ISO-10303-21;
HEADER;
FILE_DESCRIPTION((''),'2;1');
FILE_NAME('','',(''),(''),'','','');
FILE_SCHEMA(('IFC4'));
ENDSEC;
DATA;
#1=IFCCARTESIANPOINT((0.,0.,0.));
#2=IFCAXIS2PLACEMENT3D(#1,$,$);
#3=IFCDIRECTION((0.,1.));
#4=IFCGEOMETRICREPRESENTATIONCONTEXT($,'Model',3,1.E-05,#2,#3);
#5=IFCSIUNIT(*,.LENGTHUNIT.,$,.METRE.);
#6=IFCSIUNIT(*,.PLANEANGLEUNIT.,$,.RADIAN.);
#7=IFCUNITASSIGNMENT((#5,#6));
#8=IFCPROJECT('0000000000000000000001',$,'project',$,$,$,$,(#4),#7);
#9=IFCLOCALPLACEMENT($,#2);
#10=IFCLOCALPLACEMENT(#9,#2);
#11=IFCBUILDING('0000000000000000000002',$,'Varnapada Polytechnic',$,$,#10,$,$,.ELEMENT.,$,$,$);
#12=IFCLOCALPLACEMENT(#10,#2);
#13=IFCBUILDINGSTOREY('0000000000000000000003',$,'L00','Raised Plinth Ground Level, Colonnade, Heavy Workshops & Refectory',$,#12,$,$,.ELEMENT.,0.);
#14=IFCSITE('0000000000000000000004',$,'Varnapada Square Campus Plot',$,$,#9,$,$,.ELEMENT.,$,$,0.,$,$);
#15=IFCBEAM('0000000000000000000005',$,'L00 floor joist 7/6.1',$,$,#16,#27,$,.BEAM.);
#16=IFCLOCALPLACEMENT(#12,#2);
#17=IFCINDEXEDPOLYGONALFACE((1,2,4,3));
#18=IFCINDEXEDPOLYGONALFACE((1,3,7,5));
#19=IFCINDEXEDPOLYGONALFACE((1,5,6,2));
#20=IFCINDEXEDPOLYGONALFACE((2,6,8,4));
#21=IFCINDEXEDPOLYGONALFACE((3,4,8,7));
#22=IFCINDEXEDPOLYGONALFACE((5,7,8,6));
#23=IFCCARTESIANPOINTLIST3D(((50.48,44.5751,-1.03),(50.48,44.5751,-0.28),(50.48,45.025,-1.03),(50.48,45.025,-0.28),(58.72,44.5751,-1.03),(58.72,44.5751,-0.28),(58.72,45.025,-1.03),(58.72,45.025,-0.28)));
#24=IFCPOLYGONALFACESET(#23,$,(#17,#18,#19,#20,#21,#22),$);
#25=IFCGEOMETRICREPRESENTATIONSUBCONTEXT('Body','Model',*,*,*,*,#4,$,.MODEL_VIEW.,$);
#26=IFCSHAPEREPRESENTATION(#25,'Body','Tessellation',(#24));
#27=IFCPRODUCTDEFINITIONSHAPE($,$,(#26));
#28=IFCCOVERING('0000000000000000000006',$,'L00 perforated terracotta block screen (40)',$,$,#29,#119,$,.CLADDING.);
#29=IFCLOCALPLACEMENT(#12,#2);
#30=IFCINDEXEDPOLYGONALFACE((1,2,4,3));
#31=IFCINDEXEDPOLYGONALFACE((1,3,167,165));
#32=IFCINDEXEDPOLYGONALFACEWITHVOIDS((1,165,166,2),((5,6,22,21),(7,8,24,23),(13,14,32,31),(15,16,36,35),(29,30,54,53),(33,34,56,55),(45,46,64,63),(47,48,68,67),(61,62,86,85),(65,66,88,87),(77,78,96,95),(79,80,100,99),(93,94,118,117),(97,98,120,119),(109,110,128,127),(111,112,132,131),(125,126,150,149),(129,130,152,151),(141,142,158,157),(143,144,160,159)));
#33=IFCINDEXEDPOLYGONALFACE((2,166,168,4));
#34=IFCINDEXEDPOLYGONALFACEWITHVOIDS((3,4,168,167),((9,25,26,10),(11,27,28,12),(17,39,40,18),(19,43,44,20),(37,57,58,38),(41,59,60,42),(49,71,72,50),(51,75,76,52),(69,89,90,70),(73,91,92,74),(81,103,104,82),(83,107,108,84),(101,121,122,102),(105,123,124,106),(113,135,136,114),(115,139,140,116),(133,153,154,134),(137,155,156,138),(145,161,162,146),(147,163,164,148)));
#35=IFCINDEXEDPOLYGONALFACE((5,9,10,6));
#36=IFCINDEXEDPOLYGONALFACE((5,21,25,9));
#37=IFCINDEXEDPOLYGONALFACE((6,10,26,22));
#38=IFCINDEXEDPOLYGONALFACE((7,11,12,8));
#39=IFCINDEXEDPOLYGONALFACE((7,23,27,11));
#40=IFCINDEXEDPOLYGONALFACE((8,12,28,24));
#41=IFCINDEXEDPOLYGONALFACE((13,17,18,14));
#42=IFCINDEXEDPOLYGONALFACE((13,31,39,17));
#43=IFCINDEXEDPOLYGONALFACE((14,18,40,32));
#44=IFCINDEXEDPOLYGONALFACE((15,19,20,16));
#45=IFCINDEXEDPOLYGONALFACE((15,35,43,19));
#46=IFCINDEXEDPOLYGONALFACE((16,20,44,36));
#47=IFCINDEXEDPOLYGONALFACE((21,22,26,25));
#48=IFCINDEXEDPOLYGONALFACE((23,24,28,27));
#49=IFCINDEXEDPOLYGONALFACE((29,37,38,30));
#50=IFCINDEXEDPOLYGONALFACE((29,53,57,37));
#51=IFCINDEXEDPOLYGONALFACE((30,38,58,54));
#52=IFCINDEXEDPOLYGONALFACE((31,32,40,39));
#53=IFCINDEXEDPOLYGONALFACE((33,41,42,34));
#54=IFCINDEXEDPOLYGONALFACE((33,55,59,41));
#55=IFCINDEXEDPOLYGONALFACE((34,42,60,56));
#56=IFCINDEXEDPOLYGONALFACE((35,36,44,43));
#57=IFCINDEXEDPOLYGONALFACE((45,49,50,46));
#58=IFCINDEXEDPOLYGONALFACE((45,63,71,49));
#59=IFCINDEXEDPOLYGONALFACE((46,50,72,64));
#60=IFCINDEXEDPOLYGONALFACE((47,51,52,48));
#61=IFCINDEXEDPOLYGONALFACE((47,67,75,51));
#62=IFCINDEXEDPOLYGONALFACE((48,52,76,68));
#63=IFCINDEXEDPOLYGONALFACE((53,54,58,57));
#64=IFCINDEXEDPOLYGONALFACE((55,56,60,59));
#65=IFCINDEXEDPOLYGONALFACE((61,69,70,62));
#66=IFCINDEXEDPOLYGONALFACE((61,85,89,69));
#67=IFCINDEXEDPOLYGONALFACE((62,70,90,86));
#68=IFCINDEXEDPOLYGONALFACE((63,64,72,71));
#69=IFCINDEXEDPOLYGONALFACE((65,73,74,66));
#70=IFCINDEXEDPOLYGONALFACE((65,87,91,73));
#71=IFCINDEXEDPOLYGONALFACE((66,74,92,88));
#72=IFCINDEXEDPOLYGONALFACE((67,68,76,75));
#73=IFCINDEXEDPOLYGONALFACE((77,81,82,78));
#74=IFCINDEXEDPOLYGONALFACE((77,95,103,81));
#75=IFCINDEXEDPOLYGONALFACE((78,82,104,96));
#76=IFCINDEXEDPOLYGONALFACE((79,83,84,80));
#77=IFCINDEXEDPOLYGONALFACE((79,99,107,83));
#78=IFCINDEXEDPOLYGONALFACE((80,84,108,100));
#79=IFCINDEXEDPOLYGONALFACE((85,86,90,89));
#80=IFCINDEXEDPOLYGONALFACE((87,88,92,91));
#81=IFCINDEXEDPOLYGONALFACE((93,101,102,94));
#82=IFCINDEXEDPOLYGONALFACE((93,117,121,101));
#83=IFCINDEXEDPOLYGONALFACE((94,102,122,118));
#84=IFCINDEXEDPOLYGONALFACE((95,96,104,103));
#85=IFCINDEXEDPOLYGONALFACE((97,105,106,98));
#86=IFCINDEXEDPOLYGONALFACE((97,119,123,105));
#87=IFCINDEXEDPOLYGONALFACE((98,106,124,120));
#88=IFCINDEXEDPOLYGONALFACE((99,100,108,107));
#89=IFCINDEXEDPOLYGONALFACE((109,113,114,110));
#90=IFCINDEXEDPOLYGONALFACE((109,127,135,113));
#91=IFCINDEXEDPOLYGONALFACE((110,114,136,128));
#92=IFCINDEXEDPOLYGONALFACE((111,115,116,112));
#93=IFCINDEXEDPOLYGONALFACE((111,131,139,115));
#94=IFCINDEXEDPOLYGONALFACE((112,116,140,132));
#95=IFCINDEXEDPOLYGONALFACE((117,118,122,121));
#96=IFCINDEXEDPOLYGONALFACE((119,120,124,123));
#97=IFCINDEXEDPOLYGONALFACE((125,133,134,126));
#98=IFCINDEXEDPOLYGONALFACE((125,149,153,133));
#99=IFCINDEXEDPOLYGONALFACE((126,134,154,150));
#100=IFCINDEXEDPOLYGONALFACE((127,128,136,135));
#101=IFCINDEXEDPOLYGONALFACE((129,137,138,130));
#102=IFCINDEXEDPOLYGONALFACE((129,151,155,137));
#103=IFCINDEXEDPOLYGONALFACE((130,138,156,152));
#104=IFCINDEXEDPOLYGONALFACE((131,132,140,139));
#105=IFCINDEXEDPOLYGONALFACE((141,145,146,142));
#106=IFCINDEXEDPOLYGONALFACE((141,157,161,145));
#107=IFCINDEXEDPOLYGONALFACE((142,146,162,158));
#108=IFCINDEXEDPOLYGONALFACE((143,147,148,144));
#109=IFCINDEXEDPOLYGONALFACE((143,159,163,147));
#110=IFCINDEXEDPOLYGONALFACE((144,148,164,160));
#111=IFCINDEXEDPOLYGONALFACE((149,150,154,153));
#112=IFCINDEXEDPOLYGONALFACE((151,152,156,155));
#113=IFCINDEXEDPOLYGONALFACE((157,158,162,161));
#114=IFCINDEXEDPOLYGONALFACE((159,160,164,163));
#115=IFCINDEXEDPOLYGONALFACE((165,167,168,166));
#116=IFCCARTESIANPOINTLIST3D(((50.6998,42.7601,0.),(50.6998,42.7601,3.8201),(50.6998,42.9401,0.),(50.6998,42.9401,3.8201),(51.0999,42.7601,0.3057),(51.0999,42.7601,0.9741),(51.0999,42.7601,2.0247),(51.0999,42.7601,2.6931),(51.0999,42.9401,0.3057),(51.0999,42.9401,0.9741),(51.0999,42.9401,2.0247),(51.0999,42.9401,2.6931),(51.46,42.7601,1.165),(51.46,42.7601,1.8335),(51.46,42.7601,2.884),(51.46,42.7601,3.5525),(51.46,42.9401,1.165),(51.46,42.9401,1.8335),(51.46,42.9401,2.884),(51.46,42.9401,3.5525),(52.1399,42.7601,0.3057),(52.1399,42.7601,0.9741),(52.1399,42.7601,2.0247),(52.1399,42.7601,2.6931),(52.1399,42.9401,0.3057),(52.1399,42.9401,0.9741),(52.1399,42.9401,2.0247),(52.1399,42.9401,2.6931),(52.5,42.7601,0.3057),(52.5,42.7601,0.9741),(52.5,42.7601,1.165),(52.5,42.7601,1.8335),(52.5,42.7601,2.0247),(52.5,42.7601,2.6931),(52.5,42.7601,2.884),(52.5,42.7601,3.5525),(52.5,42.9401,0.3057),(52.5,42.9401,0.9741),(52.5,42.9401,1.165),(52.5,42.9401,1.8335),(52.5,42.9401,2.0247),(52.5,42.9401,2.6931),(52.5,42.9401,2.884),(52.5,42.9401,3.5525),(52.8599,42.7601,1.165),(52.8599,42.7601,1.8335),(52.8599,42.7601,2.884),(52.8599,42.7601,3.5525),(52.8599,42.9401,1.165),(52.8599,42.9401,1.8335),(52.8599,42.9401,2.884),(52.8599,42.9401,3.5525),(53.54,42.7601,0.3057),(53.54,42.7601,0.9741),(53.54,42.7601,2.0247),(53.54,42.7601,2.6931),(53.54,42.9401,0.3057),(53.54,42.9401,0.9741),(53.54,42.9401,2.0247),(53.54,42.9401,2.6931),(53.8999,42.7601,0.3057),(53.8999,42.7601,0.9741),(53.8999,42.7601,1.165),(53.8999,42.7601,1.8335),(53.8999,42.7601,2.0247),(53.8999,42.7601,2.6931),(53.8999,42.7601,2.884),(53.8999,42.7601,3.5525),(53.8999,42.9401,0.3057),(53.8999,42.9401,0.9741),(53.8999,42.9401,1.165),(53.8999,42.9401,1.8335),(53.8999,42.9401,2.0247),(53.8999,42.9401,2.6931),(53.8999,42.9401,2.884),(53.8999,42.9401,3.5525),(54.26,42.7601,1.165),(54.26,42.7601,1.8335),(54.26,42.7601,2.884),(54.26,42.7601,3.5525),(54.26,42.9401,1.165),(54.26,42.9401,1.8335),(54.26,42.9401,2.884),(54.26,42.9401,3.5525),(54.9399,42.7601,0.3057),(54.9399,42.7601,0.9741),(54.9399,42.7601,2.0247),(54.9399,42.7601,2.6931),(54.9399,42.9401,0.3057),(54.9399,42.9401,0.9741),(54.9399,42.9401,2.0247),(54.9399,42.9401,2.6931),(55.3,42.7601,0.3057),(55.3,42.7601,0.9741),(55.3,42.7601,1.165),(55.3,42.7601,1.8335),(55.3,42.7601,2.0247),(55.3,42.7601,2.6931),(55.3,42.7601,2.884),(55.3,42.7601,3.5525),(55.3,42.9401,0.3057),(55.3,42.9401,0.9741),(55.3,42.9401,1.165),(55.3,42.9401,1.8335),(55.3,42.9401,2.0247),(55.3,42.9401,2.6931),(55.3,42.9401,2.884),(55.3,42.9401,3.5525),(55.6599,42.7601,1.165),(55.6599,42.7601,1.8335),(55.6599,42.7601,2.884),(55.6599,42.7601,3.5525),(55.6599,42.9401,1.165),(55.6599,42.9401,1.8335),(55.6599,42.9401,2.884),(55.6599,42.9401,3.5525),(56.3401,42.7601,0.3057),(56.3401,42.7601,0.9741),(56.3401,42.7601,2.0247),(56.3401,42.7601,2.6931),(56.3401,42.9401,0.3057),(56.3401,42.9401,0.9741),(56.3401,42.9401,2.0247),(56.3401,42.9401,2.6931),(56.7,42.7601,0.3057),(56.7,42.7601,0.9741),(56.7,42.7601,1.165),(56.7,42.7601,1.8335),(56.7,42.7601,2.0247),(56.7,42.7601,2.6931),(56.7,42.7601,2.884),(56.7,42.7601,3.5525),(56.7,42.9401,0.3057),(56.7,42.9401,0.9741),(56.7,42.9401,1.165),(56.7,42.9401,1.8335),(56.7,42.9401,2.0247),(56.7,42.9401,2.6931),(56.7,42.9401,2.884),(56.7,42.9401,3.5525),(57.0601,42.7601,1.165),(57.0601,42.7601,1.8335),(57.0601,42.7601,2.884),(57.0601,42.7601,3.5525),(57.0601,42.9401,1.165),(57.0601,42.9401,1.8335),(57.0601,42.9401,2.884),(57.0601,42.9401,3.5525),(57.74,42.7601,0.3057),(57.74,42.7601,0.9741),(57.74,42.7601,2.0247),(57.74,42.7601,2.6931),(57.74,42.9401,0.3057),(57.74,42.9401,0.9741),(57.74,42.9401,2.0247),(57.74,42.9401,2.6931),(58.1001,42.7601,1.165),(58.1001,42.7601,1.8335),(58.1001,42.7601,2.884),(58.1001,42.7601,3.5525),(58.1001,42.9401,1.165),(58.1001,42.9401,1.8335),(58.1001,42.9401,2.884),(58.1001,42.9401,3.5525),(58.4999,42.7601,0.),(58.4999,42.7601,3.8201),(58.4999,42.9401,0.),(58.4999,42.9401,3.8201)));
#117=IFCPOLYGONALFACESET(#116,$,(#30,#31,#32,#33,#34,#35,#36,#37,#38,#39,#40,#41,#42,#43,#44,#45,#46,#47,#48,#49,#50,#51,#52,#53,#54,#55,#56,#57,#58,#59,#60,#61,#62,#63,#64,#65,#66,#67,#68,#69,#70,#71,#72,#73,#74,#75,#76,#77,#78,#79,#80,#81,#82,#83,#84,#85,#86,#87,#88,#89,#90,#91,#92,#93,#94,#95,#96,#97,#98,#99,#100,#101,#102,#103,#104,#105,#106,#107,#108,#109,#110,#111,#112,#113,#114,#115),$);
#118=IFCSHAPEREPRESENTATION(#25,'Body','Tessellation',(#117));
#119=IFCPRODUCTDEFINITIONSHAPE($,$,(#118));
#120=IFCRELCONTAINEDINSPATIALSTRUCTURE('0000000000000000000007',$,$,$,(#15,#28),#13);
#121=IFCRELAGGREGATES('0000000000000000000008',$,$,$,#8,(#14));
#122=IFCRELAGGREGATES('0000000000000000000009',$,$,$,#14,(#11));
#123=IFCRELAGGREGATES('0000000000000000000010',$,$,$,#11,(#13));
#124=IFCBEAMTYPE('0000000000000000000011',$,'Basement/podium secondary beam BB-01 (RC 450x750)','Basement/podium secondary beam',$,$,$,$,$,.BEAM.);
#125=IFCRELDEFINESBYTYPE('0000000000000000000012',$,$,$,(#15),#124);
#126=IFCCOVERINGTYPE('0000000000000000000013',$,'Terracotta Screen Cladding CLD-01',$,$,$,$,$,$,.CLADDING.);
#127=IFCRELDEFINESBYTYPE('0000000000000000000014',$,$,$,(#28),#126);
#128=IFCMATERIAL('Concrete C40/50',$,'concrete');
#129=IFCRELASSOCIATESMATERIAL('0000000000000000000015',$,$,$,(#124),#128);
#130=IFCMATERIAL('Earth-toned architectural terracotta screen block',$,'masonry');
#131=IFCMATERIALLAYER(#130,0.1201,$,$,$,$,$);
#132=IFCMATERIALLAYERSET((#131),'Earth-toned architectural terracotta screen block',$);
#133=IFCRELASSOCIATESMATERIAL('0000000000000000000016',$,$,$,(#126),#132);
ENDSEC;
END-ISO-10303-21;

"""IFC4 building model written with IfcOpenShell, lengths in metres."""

from ifc_helpers import new_model, si_unit, direction, frame, frame_2d, origin, origin_2d, place, context, subcontext, project, spatial, rectangle, extrude, material, layer, layer_set, material_profile, profile_set, type_object, element, save


model = new_model("IFC4")

# Units and contexts
model_context = context("Model", 3, precision=1e-05, world=origin(), true_north=direction((0.0, 1.0)))
body_context = subcontext(model_context, "Body", "Model", "MODEL_VIEW")
ifc_project = project(units=[si_unit("LENGTHUNIT", "METRE"), si_unit("PLANEANGLEUNIT", "RADIAN")], contexts=[model_context])

# Site, building, storey
site_placement = place(None, origin())
site = spatial("IfcSite", under=ifc_project, at=site_placement, Name="Varnapada Square Campus Plot", CompositionType="ELEMENT", RefElevation=0.0)
building_placement = place(site_placement, origin())
building = spatial("IfcBuilding", under=site, at=building_placement, Name="Varnapada Polytechnic", CompositionType="ELEMENT")
storey_placement = place(building_placement, origin())
storey = spatial("IfcBuildingStorey", under=building, at=storey_placement, Name="L00", Description="Raised Plinth Ground Level, Colonnade, Heavy Workshops & Refectory", CompositionType="ELEMENT", Elevation=0.0)

# Beam
ifc_material_1 = material(Name="Concrete C40/50", Category="concrete")
ifc_material_profile = material_profile(ifc_material_1, rectangle(XDim=0.45, YDim=0.75, at=origin_2d()), Name="RC 450x750")
ifc_profile_set = profile_set([ifc_material_profile], Name="Concrete C40/50")
beam_type = type_object("IfcBeamType", Name="Basement/podium secondary beam BB-01 (RC 450x750)", Description="Basement/podium secondary beam", PredefinedType="BEAM", material=ifc_profile_set)
beam_placement = place(storey_placement, frame((50.48, 44.8, -0.655), z_axis=(1.0, 0.0, 0.0), x_axis=(0.0, 1.0, 0.0)))
element("IfcBeam", 1, at=beam_placement, inside=storey, type_object=beam_type, Name="L00 floor joist 7/6.1", PredefinedType="BEAM", context=body_context, shape_type="SweptSolid", body=[
    extrude(rectangle(XDim=0.45, YDim=0.75, at=origin_2d()), origin(), (0.0, 0.0, 1.0), 8.24),
])

# Covering, openings
ifc_material_2 = material(Name="Earth-toned architectural terracotta screen block", Category="masonry")
ifc_layer_1 = layer(ifc_material_2, 0.1201)
ifc_layer_set_1 = layer_set([ifc_layer_1], Name="Earth-toned architectural terracotta screen block")
covering_type = type_object("IfcCoveringType", Name="Terracotta Screen Cladding CLD-01", PredefinedType="CLADDING", material=ifc_layer_set_1)
covering_placement = place(storey_placement, frame((50.7, 42.8501, 0.0), z_axis=(0.0, 0.0, 1.0), x_axis=(1.0, 0.0, 0.0)))
covering = element("IfcCovering", 2, at=covering_placement, inside=storey, type_object=covering_type, Name="L00 perforated terracotta block screen (40)", PredefinedType="CLADDING", context=body_context, shape_type="SweptSolid", body=[
    extrude(rectangle(XDim=7.8, YDim=0.1799, at=frame_2d((3.8999, 0.0))), origin(), (0.0, 0.0, 1.0), 3.8201),
])
opening_1_placement = place(covering_placement, frame((0.3999, 0.0, 0.3057)))
element("IfcOpeningElement", 3, at=opening_1_placement, cuts=covering, PredefinedType="OPENING", context=body_context, shape_type="SweptSolid", body=[
    extrude(rectangle(XDim=1.04, YDim=0.6685, at=frame_2d((0.52, 0.3342))), frame((0.0, 0.0999, 0.0), z_axis=(0.0, -1.0, 0.0), x_axis=(1.0, 0.0, 0.0)), (0.0, 0.0, 1.0), 0.2),
])
opening_2_placement = place(covering_placement, frame((1.8, 0.0, 0.3057)))
element("IfcOpeningElement", 4, at=opening_2_placement, cuts=covering, PredefinedType="OPENING", context=body_context, shape_type="SweptSolid", body=[
    extrude(rectangle(XDim=1.04, YDim=0.6685, at=frame_2d((0.52, 0.3342))), frame((0.0, 0.0999, 0.0), z_axis=(0.0, -1.0, 0.0), x_axis=(1.0, 0.0, 0.0)), (0.0, 0.0, 1.0), 0.2),
])
opening_3_placement = place(covering_placement, frame((3.2, 0.0, 0.3057)))
element("IfcOpeningElement", 5, at=opening_3_placement, cuts=covering, PredefinedType="OPENING", context=body_context, shape_type="SweptSolid", body=[
    extrude(rectangle(XDim=1.04, YDim=0.6685, at=frame_2d((0.52, 0.3342))), frame((0.0, 0.0999, 0.0), z_axis=(0.0, -1.0, 0.0), x_axis=(1.0, 0.0, 0.0)), (0.0, 0.0, 1.0), 0.2),
])
opening_4_placement = place(covering_placement, frame((4.6001, 0.0, 0.3057)))
element("IfcOpeningElement", 6, at=opening_4_placement, cuts=covering, PredefinedType="OPENING", context=body_context, shape_type="SweptSolid", body=[
    extrude(rectangle(XDim=1.04, YDim=0.6685, at=frame_2d((0.52, 0.3342))), frame((0.0, 0.0999, 0.0), z_axis=(0.0, -1.0, 0.0), x_axis=(1.0, 0.0, 0.0)), (0.0, 0.0, 1.0), 0.2),
])
opening_5_placement = place(covering_placement, frame((6.0, 0.0, 0.3057)))
element("IfcOpeningElement", 7, at=opening_5_placement, cuts=covering, PredefinedType="OPENING", context=body_context, shape_type="SweptSolid", body=[
    extrude(rectangle(XDim=1.04, YDim=0.6685, at=frame_2d((0.52, 0.3342))), frame((0.0, 0.0999, 0.0), z_axis=(0.0, -1.0, 0.0), x_axis=(1.0, 0.0, 0.0)), (0.0, 0.0, 1.0), 0.2),
])
opening_6_placement = place(covering_placement, frame((0.76, 0.0, 1.165)))
element("IfcOpeningElement", 8, at=opening_6_placement, cuts=covering, PredefinedType="OPENING", context=body_context, shape_type="SweptSolid", body=[
    extrude(rectangle(XDim=1.04, YDim=0.6685, at=frame_2d((0.52, 0.3342))), frame((0.0, 0.0999, 0.0), z_axis=(0.0, -1.0, 0.0), x_axis=(1.0, 0.0, 0.0)), (0.0, 0.0, 1.0), 0.2),
])
opening_7_placement = place(covering_placement, frame((2.1599, 0.0, 1.165)))
element("IfcOpeningElement", 9, at=opening_7_placement, cuts=covering, PredefinedType="OPENING", context=body_context, shape_type="SweptSolid", body=[
    extrude(rectangle(XDim=1.04, YDim=0.6685, at=frame_2d((0.52, 0.3342))), frame((0.0, 0.0999, 0.0), z_axis=(0.0, -1.0, 0.0), x_axis=(1.0, 0.0, 0.0)), (0.0, 0.0, 1.0), 0.2),
])
opening_8_placement = place(covering_placement, frame((3.5601, 0.0, 1.165)))
element("IfcOpeningElement", 10, at=opening_8_placement, cuts=covering, PredefinedType="OPENING", context=body_context, shape_type="SweptSolid", body=[
    extrude(rectangle(XDim=1.04, YDim=0.6685, at=frame_2d((0.52, 0.3342))), frame((0.0, 0.0999, 0.0), z_axis=(0.0, -1.0, 0.0), x_axis=(1.0, 0.0, 0.0)), (0.0, 0.0, 1.0), 0.2),
])
opening_9_placement = place(covering_placement, frame((4.96, 0.0, 1.165)))
element("IfcOpeningElement", 11, at=opening_9_placement, cuts=covering, PredefinedType="OPENING", context=body_context, shape_type="SweptSolid", body=[
    extrude(rectangle(XDim=1.04, YDim=0.6685, at=frame_2d((0.52, 0.3342))), frame((0.0, 0.0999, 0.0), z_axis=(0.0, -1.0, 0.0), x_axis=(1.0, 0.0, 0.0)), (0.0, 0.0, 1.0), 0.2),
])
opening_10_placement = place(covering_placement, frame((6.3601, 0.0, 1.165)))
element("IfcOpeningElement", 12, at=opening_10_placement, cuts=covering, PredefinedType="OPENING", context=body_context, shape_type="SweptSolid", body=[
    extrude(rectangle(XDim=1.04, YDim=0.6685, at=frame_2d((0.52, 0.3342))), frame((0.0, 0.0999, 0.0), z_axis=(0.0, -1.0, 0.0), x_axis=(1.0, 0.0, 0.0)), (0.0, 0.0, 1.0), 0.2),
])
opening_11_placement = place(covering_placement, frame((0.3999, 0.0, 2.0247)))
element("IfcOpeningElement", 13, at=opening_11_placement, cuts=covering, PredefinedType="OPENING", context=body_context, shape_type="SweptSolid", body=[
    extrude(rectangle(XDim=1.04, YDim=0.6685, at=frame_2d((0.52, 0.3342))), frame((0.0, 0.0999, 0.0), z_axis=(0.0, -1.0, 0.0), x_axis=(1.0, 0.0, 0.0)), (0.0, 0.0, 1.0), 0.2),
])
opening_12_placement = place(covering_placement, frame((1.8, 0.0, 2.0247)))
element("IfcOpeningElement", 14, at=opening_12_placement, cuts=covering, PredefinedType="OPENING", context=body_context, shape_type="SweptSolid", body=[
    extrude(rectangle(XDim=1.04, YDim=0.6685, at=frame_2d((0.52, 0.3342))), frame((0.0, 0.0999, 0.0), z_axis=(0.0, -1.0, 0.0), x_axis=(1.0, 0.0, 0.0)), (0.0, 0.0, 1.0), 0.2),
])
opening_13_placement = place(covering_placement, frame((3.2, 0.0, 2.0247)))
element("IfcOpeningElement", 15, at=opening_13_placement, cuts=covering, PredefinedType="OPENING", context=body_context, shape_type="SweptSolid", body=[
    extrude(rectangle(XDim=1.04, YDim=0.6685, at=frame_2d((0.52, 0.3342))), frame((0.0, 0.0999, 0.0), z_axis=(0.0, -1.0, 0.0), x_axis=(1.0, 0.0, 0.0)), (0.0, 0.0, 1.0), 0.2),
])
opening_14_placement = place(covering_placement, frame((4.6001, 0.0, 2.0247)))
element("IfcOpeningElement", 16, at=opening_14_placement, cuts=covering, PredefinedType="OPENING", context=body_context, shape_type="SweptSolid", body=[
    extrude(rectangle(XDim=1.04, YDim=0.6685, at=frame_2d((0.52, 0.3342))), frame((0.0, 0.0999, 0.0), z_axis=(0.0, -1.0, 0.0), x_axis=(1.0, 0.0, 0.0)), (0.0, 0.0, 1.0), 0.2),
])
opening_15_placement = place(covering_placement, frame((6.0, 0.0, 2.0247)))
element("IfcOpeningElement", 17, at=opening_15_placement, cuts=covering, PredefinedType="OPENING", context=body_context, shape_type="SweptSolid", body=[
    extrude(rectangle(XDim=1.04, YDim=0.6685, at=frame_2d((0.52, 0.3342))), frame((0.0, 0.0999, 0.0), z_axis=(0.0, -1.0, 0.0), x_axis=(1.0, 0.0, 0.0)), (0.0, 0.0, 1.0), 0.2),
])
opening_16_placement = place(covering_placement, frame((0.76, 0.0, 2.884)))
element("IfcOpeningElement", 18, at=opening_16_placement, cuts=covering, PredefinedType="OPENING", context=body_context, shape_type="SweptSolid", body=[
    extrude(rectangle(XDim=1.04, YDim=0.6685, at=frame_2d((0.52, 0.3342))), frame((0.0, 0.0999, 0.0), z_axis=(0.0, -1.0, 0.0), x_axis=(1.0, 0.0, 0.0)), (0.0, 0.0, 1.0), 0.2),
])
opening_17_placement = place(covering_placement, frame((2.1599, 0.0, 2.884)))
element("IfcOpeningElement", 19, at=opening_17_placement, cuts=covering, PredefinedType="OPENING", context=body_context, shape_type="SweptSolid", body=[
    extrude(rectangle(XDim=1.04, YDim=0.6685, at=frame_2d((0.52, 0.3342))), frame((0.0, 0.0999, 0.0), z_axis=(0.0, -1.0, 0.0), x_axis=(1.0, 0.0, 0.0)), (0.0, 0.0, 1.0), 0.2),
])
opening_18_placement = place(covering_placement, frame((3.5601, 0.0, 2.884)))
element("IfcOpeningElement", 20, at=opening_18_placement, cuts=covering, PredefinedType="OPENING", context=body_context, shape_type="SweptSolid", body=[
    extrude(rectangle(XDim=1.04, YDim=0.6685, at=frame_2d((0.52, 0.3342))), frame((0.0, 0.0999, 0.0), z_axis=(0.0, -1.0, 0.0), x_axis=(1.0, 0.0, 0.0)), (0.0, 0.0, 1.0), 0.2),
])
opening_19_placement = place(covering_placement, frame((4.96, 0.0, 2.884)))
element("IfcOpeningElement", 21, at=opening_19_placement, cuts=covering, PredefinedType="OPENING", context=body_context, shape_type="SweptSolid", body=[
    extrude(rectangle(XDim=1.04, YDim=0.6685, at=frame_2d((0.52, 0.3342))), frame((0.0, 0.0999, 0.0), z_axis=(0.0, -1.0, 0.0), x_axis=(1.0, 0.0, 0.0)), (0.0, 0.0, 1.0), 0.2),
])
opening_20_placement = place(covering_placement, frame((6.3601, 0.0, 2.884)))
element("IfcOpeningElement", 22, at=opening_20_placement, cuts=covering, PredefinedType="OPENING", context=body_context, shape_type="SweptSolid", body=[
    extrude(rectangle(XDim=1.04, YDim=0.6685, at=frame_2d((0.52, 0.3342))), frame((0.0, 0.0999, 0.0), z_axis=(0.0, -1.0, 0.0), x_axis=(1.0, 0.0, 0.0)), (0.0, 0.0, 1.0), 0.2),
])

save(model, "model.ifc")
